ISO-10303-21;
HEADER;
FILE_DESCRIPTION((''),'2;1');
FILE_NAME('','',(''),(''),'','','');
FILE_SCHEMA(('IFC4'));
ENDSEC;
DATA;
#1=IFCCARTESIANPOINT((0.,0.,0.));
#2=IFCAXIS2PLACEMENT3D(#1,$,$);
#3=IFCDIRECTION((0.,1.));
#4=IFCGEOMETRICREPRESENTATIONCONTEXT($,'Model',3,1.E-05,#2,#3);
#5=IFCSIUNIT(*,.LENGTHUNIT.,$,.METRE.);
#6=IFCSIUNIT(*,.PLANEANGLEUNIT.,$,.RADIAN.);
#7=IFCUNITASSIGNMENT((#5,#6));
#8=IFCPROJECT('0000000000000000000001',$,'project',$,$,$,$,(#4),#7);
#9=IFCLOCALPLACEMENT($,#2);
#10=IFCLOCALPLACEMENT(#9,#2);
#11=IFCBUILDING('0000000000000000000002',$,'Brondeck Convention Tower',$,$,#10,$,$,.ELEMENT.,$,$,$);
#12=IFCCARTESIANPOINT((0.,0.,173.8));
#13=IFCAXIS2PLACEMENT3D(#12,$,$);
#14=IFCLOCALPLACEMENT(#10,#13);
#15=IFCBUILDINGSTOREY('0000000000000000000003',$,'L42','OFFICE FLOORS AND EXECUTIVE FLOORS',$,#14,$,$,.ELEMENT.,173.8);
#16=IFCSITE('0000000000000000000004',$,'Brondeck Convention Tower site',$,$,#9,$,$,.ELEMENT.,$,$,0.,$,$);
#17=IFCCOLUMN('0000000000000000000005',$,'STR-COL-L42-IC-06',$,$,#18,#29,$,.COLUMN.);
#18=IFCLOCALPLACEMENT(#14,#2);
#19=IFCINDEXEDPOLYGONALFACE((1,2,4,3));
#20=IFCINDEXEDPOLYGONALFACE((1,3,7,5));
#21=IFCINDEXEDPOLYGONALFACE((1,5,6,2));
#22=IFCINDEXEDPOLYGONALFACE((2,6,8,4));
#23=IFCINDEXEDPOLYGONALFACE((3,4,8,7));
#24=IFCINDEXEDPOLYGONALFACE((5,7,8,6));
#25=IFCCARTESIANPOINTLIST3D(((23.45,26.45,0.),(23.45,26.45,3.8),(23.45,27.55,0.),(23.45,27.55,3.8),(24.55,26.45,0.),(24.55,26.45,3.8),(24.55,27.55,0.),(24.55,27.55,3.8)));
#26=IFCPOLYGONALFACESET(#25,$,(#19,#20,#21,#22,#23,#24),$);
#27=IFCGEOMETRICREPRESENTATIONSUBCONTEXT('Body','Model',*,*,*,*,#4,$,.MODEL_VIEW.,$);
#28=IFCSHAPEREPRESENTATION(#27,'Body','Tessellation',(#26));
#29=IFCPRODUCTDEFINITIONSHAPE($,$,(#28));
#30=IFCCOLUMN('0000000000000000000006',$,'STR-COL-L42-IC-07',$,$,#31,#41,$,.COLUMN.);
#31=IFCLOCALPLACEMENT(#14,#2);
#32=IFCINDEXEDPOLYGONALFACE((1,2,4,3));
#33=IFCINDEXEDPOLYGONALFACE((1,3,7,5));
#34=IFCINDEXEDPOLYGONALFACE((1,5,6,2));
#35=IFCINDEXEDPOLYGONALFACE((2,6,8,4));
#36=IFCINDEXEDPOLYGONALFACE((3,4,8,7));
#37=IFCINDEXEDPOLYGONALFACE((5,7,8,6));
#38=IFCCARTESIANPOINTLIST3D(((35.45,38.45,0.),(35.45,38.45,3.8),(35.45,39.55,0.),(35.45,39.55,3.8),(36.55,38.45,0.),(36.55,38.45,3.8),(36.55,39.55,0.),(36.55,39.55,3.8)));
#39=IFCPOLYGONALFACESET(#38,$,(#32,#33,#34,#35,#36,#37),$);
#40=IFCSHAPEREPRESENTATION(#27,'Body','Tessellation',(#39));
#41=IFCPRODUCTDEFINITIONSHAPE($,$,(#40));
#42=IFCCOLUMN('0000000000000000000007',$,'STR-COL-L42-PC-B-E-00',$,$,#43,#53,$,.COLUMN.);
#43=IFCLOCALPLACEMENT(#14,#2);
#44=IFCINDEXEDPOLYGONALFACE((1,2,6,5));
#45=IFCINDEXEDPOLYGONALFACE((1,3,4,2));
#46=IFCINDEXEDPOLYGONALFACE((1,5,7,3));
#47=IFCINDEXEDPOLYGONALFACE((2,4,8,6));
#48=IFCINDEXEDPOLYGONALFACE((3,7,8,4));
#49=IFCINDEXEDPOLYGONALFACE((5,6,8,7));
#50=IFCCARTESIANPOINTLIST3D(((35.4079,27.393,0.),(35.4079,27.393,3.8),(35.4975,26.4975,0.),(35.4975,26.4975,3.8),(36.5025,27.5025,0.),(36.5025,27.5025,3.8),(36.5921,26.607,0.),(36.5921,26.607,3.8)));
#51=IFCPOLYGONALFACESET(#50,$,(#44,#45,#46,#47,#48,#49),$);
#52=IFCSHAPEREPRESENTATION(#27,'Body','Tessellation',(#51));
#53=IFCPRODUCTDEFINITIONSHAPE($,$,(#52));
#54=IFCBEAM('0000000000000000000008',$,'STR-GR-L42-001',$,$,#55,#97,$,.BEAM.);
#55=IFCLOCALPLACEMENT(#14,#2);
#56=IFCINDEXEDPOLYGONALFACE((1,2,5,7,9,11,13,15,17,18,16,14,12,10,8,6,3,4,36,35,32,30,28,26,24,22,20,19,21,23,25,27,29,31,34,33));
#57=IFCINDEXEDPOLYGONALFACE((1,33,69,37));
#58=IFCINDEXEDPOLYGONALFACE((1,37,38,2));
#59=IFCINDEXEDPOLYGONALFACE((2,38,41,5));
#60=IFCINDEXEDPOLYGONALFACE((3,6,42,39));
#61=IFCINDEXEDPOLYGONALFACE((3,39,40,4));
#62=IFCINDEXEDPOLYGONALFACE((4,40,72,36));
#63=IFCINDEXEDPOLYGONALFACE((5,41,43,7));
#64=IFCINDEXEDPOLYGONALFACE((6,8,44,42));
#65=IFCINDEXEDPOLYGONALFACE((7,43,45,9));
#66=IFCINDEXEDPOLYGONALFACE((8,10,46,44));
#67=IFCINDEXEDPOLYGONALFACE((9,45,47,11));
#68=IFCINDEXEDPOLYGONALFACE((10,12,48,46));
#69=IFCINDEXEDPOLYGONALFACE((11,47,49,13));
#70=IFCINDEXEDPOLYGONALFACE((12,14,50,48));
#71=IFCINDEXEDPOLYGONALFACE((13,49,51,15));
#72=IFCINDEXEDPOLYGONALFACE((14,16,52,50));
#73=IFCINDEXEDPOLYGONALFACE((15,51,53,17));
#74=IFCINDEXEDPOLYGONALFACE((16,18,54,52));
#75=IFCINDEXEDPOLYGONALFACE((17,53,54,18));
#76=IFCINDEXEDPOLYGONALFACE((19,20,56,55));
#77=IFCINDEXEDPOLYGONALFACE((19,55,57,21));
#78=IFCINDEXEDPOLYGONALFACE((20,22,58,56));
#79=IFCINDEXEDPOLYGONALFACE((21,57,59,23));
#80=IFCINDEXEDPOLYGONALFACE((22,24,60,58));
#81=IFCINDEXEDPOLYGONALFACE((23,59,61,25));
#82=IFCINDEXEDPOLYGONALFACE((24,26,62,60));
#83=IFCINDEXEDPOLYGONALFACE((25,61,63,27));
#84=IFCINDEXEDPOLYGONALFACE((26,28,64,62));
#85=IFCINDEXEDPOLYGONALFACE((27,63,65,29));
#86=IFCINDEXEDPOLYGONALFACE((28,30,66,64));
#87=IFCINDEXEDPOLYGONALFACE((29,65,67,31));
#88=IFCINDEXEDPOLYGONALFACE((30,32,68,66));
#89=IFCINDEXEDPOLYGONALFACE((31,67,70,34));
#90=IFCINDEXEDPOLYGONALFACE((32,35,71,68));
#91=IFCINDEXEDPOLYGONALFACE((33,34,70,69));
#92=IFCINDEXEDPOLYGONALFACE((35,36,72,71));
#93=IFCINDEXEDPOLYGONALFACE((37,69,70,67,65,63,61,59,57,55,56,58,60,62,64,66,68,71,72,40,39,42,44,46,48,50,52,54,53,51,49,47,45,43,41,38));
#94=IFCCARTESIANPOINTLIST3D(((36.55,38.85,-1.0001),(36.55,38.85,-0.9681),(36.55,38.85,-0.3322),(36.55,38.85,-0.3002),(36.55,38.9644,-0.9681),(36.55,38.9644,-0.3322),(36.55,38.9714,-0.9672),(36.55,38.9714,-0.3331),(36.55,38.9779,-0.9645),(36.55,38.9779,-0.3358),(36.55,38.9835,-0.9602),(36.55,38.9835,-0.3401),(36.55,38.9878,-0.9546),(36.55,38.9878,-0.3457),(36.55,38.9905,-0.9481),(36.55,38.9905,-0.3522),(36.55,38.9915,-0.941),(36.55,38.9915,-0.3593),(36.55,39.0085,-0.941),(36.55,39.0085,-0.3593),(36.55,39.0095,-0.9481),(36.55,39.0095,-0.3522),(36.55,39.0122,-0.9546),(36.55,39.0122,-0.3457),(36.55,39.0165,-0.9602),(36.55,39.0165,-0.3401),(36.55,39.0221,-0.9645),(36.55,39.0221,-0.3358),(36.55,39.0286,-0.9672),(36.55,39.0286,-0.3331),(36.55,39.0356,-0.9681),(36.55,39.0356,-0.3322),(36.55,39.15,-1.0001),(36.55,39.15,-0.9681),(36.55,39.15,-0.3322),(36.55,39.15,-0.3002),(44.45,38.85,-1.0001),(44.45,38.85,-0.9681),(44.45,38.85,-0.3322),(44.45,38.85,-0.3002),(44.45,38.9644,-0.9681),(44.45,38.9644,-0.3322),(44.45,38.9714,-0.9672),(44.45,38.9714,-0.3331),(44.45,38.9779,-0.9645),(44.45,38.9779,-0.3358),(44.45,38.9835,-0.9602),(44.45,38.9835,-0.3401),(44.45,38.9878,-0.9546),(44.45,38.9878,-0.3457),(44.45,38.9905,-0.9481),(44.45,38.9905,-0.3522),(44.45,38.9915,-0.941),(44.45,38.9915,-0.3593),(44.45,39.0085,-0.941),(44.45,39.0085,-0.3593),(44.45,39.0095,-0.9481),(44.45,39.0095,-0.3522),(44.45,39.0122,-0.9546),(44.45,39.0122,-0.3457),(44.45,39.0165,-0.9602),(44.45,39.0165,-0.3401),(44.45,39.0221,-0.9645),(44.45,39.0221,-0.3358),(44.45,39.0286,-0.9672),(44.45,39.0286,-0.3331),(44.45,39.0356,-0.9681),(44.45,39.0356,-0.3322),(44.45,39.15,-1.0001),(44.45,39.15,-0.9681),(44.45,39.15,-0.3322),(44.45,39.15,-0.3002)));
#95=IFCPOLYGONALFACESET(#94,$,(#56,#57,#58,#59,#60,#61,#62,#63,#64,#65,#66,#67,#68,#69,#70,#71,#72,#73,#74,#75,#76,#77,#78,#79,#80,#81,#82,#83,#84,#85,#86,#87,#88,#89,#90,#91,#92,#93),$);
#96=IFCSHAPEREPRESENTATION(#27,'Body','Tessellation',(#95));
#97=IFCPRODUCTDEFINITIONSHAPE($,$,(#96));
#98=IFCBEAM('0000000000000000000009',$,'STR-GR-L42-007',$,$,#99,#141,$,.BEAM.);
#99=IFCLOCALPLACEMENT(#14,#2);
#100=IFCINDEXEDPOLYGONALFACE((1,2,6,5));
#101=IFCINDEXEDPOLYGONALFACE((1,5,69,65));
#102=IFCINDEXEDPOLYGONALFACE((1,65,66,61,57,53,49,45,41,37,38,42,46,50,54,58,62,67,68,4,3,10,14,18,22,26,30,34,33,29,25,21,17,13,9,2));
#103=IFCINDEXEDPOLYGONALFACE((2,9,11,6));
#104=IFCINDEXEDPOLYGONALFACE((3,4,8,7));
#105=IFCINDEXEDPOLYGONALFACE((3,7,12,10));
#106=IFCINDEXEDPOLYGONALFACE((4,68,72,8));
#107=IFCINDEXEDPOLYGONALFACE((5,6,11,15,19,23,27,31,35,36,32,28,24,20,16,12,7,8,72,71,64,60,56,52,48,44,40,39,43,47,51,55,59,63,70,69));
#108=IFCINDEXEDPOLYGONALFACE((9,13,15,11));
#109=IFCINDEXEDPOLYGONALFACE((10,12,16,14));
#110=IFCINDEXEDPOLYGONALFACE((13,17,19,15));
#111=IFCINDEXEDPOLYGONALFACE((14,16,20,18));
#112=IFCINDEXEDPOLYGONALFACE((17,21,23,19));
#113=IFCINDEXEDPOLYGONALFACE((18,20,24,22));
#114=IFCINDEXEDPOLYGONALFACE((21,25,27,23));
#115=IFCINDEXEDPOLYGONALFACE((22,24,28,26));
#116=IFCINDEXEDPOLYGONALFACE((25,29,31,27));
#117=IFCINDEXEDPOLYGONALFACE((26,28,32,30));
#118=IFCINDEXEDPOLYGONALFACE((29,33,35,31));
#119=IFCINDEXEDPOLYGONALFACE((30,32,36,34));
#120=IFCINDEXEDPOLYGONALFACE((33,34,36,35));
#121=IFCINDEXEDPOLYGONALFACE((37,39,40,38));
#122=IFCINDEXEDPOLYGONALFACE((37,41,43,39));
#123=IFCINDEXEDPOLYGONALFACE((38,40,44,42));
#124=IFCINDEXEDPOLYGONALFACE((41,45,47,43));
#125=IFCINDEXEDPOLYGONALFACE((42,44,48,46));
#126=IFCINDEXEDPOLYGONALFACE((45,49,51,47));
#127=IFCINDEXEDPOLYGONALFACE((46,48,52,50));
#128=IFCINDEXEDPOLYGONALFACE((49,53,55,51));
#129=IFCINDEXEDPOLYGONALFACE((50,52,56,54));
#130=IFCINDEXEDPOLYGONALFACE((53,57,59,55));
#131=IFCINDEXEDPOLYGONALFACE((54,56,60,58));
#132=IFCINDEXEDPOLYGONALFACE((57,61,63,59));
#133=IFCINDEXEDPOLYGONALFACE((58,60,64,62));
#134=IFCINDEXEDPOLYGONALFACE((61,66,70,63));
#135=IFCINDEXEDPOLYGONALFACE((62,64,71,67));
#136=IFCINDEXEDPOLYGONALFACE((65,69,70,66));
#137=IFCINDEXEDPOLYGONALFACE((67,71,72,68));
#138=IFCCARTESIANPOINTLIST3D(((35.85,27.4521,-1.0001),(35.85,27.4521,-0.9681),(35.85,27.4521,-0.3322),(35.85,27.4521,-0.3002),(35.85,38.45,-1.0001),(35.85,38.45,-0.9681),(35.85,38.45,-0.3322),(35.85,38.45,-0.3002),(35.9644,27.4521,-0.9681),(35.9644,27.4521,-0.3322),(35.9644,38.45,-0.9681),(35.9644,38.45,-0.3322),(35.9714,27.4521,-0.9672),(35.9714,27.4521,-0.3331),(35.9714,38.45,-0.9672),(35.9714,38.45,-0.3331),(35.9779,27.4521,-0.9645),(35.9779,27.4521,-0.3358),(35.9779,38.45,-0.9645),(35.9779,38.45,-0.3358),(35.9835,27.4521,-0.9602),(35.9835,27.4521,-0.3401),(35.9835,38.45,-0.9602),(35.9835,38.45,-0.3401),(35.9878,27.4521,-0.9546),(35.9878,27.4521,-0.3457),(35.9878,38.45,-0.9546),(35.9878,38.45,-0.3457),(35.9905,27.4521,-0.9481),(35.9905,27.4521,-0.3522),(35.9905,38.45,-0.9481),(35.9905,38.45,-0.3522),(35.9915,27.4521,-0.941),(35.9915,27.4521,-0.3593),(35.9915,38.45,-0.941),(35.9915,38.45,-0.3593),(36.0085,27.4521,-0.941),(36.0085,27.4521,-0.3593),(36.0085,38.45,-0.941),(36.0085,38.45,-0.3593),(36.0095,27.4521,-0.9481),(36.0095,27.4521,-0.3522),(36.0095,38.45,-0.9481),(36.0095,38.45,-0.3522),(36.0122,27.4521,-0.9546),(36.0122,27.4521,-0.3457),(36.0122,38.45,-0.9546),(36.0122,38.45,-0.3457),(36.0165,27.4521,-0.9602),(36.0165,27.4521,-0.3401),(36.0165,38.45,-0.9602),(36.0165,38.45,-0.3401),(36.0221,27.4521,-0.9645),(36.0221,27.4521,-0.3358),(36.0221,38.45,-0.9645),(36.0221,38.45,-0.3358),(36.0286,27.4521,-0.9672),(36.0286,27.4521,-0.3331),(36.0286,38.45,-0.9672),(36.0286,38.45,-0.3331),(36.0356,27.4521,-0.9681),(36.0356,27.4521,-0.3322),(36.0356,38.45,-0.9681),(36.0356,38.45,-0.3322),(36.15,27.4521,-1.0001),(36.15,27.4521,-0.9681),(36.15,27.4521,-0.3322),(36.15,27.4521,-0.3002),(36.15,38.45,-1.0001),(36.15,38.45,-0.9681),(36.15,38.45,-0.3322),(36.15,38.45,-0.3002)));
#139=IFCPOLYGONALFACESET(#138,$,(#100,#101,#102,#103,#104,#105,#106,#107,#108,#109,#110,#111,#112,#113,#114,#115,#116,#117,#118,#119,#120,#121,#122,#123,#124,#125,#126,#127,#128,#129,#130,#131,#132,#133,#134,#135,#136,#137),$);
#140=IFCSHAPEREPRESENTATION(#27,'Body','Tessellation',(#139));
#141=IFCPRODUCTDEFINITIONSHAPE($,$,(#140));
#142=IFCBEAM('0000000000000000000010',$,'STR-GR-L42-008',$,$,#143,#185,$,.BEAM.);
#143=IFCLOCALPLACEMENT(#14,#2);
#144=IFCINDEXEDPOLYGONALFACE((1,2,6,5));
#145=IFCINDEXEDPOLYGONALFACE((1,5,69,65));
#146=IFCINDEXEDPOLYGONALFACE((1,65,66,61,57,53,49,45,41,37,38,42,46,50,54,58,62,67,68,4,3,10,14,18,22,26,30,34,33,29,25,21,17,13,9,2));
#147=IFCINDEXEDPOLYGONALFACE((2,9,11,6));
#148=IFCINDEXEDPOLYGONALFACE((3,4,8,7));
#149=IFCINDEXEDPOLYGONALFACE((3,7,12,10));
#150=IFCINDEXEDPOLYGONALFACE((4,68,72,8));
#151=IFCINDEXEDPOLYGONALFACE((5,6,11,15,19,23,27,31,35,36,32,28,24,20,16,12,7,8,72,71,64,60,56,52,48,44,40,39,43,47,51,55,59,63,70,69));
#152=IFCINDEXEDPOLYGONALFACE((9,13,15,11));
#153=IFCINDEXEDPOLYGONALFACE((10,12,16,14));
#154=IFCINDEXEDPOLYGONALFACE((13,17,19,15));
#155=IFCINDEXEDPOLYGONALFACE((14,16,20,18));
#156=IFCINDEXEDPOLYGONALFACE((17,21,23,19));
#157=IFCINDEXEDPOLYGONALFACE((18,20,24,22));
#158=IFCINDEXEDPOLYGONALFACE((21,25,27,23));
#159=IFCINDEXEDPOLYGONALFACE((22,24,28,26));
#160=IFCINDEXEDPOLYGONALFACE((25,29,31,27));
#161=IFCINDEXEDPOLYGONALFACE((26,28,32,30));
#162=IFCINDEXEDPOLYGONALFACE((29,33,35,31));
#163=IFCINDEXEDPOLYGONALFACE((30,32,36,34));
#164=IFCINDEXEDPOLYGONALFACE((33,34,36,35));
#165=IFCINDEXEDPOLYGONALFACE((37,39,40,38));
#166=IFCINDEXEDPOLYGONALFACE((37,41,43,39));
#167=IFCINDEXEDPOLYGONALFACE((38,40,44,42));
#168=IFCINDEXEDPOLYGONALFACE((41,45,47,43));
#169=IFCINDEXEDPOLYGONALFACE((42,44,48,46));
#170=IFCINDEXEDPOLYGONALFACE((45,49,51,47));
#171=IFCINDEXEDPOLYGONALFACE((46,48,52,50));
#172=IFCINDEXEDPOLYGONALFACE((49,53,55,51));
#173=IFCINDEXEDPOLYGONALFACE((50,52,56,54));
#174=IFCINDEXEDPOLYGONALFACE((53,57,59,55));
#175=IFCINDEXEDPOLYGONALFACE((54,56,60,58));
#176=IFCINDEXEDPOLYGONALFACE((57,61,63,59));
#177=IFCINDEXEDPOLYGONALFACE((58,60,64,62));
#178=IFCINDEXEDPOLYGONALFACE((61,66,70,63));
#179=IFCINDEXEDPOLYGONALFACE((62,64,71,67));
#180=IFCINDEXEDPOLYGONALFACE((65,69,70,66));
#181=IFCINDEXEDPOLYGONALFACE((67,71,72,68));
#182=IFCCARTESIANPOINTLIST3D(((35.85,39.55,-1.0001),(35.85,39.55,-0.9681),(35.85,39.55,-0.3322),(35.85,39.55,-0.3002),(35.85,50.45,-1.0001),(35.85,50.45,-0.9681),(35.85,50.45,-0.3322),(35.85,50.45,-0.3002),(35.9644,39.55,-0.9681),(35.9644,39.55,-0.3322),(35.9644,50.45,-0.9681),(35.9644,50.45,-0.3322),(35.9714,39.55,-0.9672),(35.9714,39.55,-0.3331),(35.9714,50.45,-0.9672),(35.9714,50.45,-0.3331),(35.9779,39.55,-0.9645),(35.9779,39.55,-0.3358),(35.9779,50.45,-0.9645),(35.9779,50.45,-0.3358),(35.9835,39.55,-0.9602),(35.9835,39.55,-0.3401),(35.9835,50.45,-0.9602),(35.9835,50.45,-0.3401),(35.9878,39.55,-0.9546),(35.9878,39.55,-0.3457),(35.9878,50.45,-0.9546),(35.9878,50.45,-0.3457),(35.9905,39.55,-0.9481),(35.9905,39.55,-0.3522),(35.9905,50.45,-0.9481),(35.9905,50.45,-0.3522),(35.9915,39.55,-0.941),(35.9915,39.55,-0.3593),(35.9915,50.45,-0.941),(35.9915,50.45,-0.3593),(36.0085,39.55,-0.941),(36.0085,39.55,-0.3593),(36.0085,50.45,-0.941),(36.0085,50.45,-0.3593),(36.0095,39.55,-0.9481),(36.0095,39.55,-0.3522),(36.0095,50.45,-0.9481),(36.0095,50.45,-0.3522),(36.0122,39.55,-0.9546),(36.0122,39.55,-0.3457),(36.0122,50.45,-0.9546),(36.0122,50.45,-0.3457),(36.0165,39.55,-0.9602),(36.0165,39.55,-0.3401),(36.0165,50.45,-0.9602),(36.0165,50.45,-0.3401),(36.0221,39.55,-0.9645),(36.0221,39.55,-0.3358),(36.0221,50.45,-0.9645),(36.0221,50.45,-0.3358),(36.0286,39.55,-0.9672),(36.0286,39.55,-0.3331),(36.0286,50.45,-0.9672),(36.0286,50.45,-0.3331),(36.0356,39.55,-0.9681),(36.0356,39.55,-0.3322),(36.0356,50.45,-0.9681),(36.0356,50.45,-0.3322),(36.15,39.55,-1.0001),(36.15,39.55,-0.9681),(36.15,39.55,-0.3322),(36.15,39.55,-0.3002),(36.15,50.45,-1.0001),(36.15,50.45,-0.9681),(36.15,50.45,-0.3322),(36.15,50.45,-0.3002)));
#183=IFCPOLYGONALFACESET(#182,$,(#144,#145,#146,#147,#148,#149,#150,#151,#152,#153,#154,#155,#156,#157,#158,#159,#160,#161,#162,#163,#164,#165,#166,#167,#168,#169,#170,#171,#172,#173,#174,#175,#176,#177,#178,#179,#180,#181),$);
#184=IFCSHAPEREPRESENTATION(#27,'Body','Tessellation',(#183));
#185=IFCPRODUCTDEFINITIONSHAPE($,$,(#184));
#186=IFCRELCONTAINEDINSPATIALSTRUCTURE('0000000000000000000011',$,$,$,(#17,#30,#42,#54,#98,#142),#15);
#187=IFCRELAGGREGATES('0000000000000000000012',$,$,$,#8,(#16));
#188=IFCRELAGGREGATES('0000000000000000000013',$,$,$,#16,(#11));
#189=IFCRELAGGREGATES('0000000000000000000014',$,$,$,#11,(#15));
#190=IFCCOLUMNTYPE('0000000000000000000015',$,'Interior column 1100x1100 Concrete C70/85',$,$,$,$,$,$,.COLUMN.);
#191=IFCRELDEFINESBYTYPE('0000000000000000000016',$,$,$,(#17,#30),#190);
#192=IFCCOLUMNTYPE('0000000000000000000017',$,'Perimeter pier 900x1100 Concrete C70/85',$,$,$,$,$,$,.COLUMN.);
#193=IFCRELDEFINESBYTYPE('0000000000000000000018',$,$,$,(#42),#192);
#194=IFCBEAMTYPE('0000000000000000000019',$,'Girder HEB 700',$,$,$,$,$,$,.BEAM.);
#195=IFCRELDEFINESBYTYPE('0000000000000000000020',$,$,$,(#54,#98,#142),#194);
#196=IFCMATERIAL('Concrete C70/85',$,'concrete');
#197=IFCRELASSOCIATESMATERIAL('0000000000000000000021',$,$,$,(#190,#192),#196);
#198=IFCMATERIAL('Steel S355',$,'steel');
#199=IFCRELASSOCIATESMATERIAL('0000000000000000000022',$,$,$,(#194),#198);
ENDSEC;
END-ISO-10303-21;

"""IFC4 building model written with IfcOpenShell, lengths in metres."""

from ifc_helpers import new_model, si_unit, direction, frame, origin, origin_2d, place, context, subcontext, project, spatial, rectangle, i_section, extrude, material, material_profile, profile_set, type_object, element, save


model = new_model("IFC4")

# Units and contexts
model_context = context("Model", 3, precision=1e-05, world=origin(), true_north=direction((0.0, 1.0)))
body_context = subcontext(model_context, "Body", "Model", "MODEL_VIEW")
ifc_project = project(units=[si_unit("LENGTHUNIT", "METRE"), si_unit("PLANEANGLEUNIT", "RADIAN")], contexts=[model_context])

# Site, building, storey
site_placement = place(None, origin())
site = spatial("IfcSite", under=ifc_project, at=site_placement, Name="Brondeck Convention Tower site", CompositionType="ELEMENT", RefElevation=0.0)
building_placement = place(site_placement, origin())
building = spatial("IfcBuilding", under=site, at=building_placement, Name="Brondeck Convention Tower", CompositionType="ELEMENT")
storey_placement = place(building_placement, frame((0.0, 0.0, 173.8)))
storey = spatial("IfcBuildingStorey", under=building, at=storey_placement, Name="L42", Description="OFFICE FLOORS AND EXECUTIVE FLOORS", CompositionType="ELEMENT", Elevation=173.8)

# Columns
ifc_material_1 = material(Name="Concrete C70/85", Category="concrete")
ifc_material_profile_1 = material_profile(ifc_material_1, rectangle(XDim=1.1001, YDim=1.1001, at=origin_2d()), Name="Interior column 1100x1100 Concrete C70/85")
ifc_profile_set_1 = profile_set([ifc_material_profile_1], Name="Concrete C70/85")
column_type_1 = type_object("IfcColumnType", Name="Interior column 1100x1100 Concrete C70/85", PredefinedType="COLUMN", material=ifc_profile_set_1)
for number, where, z_axis, x_axis, name in (
    (1, (24.0, 27.0, 0.0), (0.0, 0.0, 1.0), (1.0, 0.0, 0.0), "STR-COL-L42-IC-06"),
    (2, (36.0, 39.0, 0.0), (0.0, 0.0, 1.0), (1.0, 0.0, 0.0), "STR-COL-L42-IC-07"),
):
    element("IfcColumn", number, at=place(storey_placement, frame(where, z_axis=z_axis, x_axis=x_axis)), inside=storey, type_object=column_type_1, Name=name, PredefinedType="COLUMN", context=body_context, shape_type="SweptSolid", body=[
        extrude(rectangle(XDim=1.1001, YDim=1.1001, at=origin_2d()), origin(), (0.0, 0.0, 1.0), 3.8),
    ])
ifc_material_profile_2 = material_profile(ifc_material_1, rectangle(XDim=0.8999, YDim=1.1001, at=origin_2d()), Name="Perimeter pier 900x1100 Concrete C70/85")
ifc_profile_set_2 = profile_set([ifc_material_profile_2], Name="Concrete C70/85")
column_type_2 = type_object("IfcColumnType", Name="Perimeter pier 900x1100 Concrete C70/85", PredefinedType="COLUMN", material=ifc_profile_set_2)
column_placement = place(storey_placement, frame((36.0, 27.0, 0.0), z_axis=(0.0, 0.0, 1.0), x_axis=(-0.099504, 0.995037, 0.0)))
element("IfcColumn", 3, at=column_placement, inside=storey, type_object=column_type_2, Name="STR-COL-L42-PC-B-E-00", PredefinedType="COLUMN", context=body_context, shape_type="SweptSolid", body=[
    extrude(rectangle(XDim=0.8999, YDim=1.1001, at=origin_2d()), origin(), (0.0, 0.0, 1.0), 3.8),
])

# Beams
ifc_material_2 = material(Name="Steel S355", Category="steel")
ifc_material_profile_3 = material_profile(ifc_material_2, i_section(OverallWidth=0.3, OverallDepth=0.7, WebThickness=0.0171, FlangeThickness=0.032, FilletRadius=0.0271, at=origin_2d()), Name="HEB 700")
ifc_profile_set_3 = profile_set([ifc_material_profile_3], Name="Steel S355")
beam_type = type_object("IfcBeamType", Name="Girder HEB 700", PredefinedType="BEAM", material=ifc_profile_set_3)
beam_1_placement = place(storey_placement, frame((36.55, 39.0, -0.6501), z_axis=(1.0, 0.0, 0.0), x_axis=(0.0, 1.0, 0.0)))
element("IfcBeam", 4, at=beam_1_placement, inside=storey, type_object=beam_type, Name="STR-GR-L42-001", PredefinedType="BEAM", context=body_context, shape_type="SweptSolid", body=[
    extrude(i_section(OverallWidth=0.3, OverallDepth=0.7, WebThickness=0.0171, FlangeThickness=0.032, FilletRadius=0.0271, at=origin_2d()), origin(), (0.0, 0.0, 1.0), 7.8999),
])
beam_2_placement = place(storey_placement, frame((36.0, 27.4521, -0.6501), z_axis=(0.0, 1.0, 0.0), x_axis=(-1.0, 0.0, 0.0)))
element("IfcBeam", 5, at=beam_2_placement, inside=storey, type_object=beam_type, Name="STR-GR-L42-007", PredefinedType="BEAM", context=body_context, shape_type="SweptSolid", body=[
    extrude(i_section(OverallWidth=0.3, OverallDepth=0.7, WebThickness=0.0171, FlangeThickness=0.032, FilletRadius=0.0271, at=origin_2d()), origin(), (0.0, 0.0, 1.0), 10.9978),
])
beam_3_placement = place(storey_placement, frame((36.0, 39.55, -0.6501), z_axis=(0.0, 1.0, 0.0), x_axis=(-1.0, 0.0, 0.0)))
element("IfcBeam", 6, at=beam_3_placement, inside=storey, type_object=beam_type, Name="STR-GR-L42-008", PredefinedType="BEAM", context=body_context, shape_type="SweptSolid", body=[
    extrude(i_section(OverallWidth=0.3, OverallDepth=0.7, WebThickness=0.0171, FlangeThickness=0.032, FilletRadius=0.0271, at=origin_2d()), origin(), (0.0, 0.0, 1.0), 10.8999),
])

save(model, "model.ifc")
